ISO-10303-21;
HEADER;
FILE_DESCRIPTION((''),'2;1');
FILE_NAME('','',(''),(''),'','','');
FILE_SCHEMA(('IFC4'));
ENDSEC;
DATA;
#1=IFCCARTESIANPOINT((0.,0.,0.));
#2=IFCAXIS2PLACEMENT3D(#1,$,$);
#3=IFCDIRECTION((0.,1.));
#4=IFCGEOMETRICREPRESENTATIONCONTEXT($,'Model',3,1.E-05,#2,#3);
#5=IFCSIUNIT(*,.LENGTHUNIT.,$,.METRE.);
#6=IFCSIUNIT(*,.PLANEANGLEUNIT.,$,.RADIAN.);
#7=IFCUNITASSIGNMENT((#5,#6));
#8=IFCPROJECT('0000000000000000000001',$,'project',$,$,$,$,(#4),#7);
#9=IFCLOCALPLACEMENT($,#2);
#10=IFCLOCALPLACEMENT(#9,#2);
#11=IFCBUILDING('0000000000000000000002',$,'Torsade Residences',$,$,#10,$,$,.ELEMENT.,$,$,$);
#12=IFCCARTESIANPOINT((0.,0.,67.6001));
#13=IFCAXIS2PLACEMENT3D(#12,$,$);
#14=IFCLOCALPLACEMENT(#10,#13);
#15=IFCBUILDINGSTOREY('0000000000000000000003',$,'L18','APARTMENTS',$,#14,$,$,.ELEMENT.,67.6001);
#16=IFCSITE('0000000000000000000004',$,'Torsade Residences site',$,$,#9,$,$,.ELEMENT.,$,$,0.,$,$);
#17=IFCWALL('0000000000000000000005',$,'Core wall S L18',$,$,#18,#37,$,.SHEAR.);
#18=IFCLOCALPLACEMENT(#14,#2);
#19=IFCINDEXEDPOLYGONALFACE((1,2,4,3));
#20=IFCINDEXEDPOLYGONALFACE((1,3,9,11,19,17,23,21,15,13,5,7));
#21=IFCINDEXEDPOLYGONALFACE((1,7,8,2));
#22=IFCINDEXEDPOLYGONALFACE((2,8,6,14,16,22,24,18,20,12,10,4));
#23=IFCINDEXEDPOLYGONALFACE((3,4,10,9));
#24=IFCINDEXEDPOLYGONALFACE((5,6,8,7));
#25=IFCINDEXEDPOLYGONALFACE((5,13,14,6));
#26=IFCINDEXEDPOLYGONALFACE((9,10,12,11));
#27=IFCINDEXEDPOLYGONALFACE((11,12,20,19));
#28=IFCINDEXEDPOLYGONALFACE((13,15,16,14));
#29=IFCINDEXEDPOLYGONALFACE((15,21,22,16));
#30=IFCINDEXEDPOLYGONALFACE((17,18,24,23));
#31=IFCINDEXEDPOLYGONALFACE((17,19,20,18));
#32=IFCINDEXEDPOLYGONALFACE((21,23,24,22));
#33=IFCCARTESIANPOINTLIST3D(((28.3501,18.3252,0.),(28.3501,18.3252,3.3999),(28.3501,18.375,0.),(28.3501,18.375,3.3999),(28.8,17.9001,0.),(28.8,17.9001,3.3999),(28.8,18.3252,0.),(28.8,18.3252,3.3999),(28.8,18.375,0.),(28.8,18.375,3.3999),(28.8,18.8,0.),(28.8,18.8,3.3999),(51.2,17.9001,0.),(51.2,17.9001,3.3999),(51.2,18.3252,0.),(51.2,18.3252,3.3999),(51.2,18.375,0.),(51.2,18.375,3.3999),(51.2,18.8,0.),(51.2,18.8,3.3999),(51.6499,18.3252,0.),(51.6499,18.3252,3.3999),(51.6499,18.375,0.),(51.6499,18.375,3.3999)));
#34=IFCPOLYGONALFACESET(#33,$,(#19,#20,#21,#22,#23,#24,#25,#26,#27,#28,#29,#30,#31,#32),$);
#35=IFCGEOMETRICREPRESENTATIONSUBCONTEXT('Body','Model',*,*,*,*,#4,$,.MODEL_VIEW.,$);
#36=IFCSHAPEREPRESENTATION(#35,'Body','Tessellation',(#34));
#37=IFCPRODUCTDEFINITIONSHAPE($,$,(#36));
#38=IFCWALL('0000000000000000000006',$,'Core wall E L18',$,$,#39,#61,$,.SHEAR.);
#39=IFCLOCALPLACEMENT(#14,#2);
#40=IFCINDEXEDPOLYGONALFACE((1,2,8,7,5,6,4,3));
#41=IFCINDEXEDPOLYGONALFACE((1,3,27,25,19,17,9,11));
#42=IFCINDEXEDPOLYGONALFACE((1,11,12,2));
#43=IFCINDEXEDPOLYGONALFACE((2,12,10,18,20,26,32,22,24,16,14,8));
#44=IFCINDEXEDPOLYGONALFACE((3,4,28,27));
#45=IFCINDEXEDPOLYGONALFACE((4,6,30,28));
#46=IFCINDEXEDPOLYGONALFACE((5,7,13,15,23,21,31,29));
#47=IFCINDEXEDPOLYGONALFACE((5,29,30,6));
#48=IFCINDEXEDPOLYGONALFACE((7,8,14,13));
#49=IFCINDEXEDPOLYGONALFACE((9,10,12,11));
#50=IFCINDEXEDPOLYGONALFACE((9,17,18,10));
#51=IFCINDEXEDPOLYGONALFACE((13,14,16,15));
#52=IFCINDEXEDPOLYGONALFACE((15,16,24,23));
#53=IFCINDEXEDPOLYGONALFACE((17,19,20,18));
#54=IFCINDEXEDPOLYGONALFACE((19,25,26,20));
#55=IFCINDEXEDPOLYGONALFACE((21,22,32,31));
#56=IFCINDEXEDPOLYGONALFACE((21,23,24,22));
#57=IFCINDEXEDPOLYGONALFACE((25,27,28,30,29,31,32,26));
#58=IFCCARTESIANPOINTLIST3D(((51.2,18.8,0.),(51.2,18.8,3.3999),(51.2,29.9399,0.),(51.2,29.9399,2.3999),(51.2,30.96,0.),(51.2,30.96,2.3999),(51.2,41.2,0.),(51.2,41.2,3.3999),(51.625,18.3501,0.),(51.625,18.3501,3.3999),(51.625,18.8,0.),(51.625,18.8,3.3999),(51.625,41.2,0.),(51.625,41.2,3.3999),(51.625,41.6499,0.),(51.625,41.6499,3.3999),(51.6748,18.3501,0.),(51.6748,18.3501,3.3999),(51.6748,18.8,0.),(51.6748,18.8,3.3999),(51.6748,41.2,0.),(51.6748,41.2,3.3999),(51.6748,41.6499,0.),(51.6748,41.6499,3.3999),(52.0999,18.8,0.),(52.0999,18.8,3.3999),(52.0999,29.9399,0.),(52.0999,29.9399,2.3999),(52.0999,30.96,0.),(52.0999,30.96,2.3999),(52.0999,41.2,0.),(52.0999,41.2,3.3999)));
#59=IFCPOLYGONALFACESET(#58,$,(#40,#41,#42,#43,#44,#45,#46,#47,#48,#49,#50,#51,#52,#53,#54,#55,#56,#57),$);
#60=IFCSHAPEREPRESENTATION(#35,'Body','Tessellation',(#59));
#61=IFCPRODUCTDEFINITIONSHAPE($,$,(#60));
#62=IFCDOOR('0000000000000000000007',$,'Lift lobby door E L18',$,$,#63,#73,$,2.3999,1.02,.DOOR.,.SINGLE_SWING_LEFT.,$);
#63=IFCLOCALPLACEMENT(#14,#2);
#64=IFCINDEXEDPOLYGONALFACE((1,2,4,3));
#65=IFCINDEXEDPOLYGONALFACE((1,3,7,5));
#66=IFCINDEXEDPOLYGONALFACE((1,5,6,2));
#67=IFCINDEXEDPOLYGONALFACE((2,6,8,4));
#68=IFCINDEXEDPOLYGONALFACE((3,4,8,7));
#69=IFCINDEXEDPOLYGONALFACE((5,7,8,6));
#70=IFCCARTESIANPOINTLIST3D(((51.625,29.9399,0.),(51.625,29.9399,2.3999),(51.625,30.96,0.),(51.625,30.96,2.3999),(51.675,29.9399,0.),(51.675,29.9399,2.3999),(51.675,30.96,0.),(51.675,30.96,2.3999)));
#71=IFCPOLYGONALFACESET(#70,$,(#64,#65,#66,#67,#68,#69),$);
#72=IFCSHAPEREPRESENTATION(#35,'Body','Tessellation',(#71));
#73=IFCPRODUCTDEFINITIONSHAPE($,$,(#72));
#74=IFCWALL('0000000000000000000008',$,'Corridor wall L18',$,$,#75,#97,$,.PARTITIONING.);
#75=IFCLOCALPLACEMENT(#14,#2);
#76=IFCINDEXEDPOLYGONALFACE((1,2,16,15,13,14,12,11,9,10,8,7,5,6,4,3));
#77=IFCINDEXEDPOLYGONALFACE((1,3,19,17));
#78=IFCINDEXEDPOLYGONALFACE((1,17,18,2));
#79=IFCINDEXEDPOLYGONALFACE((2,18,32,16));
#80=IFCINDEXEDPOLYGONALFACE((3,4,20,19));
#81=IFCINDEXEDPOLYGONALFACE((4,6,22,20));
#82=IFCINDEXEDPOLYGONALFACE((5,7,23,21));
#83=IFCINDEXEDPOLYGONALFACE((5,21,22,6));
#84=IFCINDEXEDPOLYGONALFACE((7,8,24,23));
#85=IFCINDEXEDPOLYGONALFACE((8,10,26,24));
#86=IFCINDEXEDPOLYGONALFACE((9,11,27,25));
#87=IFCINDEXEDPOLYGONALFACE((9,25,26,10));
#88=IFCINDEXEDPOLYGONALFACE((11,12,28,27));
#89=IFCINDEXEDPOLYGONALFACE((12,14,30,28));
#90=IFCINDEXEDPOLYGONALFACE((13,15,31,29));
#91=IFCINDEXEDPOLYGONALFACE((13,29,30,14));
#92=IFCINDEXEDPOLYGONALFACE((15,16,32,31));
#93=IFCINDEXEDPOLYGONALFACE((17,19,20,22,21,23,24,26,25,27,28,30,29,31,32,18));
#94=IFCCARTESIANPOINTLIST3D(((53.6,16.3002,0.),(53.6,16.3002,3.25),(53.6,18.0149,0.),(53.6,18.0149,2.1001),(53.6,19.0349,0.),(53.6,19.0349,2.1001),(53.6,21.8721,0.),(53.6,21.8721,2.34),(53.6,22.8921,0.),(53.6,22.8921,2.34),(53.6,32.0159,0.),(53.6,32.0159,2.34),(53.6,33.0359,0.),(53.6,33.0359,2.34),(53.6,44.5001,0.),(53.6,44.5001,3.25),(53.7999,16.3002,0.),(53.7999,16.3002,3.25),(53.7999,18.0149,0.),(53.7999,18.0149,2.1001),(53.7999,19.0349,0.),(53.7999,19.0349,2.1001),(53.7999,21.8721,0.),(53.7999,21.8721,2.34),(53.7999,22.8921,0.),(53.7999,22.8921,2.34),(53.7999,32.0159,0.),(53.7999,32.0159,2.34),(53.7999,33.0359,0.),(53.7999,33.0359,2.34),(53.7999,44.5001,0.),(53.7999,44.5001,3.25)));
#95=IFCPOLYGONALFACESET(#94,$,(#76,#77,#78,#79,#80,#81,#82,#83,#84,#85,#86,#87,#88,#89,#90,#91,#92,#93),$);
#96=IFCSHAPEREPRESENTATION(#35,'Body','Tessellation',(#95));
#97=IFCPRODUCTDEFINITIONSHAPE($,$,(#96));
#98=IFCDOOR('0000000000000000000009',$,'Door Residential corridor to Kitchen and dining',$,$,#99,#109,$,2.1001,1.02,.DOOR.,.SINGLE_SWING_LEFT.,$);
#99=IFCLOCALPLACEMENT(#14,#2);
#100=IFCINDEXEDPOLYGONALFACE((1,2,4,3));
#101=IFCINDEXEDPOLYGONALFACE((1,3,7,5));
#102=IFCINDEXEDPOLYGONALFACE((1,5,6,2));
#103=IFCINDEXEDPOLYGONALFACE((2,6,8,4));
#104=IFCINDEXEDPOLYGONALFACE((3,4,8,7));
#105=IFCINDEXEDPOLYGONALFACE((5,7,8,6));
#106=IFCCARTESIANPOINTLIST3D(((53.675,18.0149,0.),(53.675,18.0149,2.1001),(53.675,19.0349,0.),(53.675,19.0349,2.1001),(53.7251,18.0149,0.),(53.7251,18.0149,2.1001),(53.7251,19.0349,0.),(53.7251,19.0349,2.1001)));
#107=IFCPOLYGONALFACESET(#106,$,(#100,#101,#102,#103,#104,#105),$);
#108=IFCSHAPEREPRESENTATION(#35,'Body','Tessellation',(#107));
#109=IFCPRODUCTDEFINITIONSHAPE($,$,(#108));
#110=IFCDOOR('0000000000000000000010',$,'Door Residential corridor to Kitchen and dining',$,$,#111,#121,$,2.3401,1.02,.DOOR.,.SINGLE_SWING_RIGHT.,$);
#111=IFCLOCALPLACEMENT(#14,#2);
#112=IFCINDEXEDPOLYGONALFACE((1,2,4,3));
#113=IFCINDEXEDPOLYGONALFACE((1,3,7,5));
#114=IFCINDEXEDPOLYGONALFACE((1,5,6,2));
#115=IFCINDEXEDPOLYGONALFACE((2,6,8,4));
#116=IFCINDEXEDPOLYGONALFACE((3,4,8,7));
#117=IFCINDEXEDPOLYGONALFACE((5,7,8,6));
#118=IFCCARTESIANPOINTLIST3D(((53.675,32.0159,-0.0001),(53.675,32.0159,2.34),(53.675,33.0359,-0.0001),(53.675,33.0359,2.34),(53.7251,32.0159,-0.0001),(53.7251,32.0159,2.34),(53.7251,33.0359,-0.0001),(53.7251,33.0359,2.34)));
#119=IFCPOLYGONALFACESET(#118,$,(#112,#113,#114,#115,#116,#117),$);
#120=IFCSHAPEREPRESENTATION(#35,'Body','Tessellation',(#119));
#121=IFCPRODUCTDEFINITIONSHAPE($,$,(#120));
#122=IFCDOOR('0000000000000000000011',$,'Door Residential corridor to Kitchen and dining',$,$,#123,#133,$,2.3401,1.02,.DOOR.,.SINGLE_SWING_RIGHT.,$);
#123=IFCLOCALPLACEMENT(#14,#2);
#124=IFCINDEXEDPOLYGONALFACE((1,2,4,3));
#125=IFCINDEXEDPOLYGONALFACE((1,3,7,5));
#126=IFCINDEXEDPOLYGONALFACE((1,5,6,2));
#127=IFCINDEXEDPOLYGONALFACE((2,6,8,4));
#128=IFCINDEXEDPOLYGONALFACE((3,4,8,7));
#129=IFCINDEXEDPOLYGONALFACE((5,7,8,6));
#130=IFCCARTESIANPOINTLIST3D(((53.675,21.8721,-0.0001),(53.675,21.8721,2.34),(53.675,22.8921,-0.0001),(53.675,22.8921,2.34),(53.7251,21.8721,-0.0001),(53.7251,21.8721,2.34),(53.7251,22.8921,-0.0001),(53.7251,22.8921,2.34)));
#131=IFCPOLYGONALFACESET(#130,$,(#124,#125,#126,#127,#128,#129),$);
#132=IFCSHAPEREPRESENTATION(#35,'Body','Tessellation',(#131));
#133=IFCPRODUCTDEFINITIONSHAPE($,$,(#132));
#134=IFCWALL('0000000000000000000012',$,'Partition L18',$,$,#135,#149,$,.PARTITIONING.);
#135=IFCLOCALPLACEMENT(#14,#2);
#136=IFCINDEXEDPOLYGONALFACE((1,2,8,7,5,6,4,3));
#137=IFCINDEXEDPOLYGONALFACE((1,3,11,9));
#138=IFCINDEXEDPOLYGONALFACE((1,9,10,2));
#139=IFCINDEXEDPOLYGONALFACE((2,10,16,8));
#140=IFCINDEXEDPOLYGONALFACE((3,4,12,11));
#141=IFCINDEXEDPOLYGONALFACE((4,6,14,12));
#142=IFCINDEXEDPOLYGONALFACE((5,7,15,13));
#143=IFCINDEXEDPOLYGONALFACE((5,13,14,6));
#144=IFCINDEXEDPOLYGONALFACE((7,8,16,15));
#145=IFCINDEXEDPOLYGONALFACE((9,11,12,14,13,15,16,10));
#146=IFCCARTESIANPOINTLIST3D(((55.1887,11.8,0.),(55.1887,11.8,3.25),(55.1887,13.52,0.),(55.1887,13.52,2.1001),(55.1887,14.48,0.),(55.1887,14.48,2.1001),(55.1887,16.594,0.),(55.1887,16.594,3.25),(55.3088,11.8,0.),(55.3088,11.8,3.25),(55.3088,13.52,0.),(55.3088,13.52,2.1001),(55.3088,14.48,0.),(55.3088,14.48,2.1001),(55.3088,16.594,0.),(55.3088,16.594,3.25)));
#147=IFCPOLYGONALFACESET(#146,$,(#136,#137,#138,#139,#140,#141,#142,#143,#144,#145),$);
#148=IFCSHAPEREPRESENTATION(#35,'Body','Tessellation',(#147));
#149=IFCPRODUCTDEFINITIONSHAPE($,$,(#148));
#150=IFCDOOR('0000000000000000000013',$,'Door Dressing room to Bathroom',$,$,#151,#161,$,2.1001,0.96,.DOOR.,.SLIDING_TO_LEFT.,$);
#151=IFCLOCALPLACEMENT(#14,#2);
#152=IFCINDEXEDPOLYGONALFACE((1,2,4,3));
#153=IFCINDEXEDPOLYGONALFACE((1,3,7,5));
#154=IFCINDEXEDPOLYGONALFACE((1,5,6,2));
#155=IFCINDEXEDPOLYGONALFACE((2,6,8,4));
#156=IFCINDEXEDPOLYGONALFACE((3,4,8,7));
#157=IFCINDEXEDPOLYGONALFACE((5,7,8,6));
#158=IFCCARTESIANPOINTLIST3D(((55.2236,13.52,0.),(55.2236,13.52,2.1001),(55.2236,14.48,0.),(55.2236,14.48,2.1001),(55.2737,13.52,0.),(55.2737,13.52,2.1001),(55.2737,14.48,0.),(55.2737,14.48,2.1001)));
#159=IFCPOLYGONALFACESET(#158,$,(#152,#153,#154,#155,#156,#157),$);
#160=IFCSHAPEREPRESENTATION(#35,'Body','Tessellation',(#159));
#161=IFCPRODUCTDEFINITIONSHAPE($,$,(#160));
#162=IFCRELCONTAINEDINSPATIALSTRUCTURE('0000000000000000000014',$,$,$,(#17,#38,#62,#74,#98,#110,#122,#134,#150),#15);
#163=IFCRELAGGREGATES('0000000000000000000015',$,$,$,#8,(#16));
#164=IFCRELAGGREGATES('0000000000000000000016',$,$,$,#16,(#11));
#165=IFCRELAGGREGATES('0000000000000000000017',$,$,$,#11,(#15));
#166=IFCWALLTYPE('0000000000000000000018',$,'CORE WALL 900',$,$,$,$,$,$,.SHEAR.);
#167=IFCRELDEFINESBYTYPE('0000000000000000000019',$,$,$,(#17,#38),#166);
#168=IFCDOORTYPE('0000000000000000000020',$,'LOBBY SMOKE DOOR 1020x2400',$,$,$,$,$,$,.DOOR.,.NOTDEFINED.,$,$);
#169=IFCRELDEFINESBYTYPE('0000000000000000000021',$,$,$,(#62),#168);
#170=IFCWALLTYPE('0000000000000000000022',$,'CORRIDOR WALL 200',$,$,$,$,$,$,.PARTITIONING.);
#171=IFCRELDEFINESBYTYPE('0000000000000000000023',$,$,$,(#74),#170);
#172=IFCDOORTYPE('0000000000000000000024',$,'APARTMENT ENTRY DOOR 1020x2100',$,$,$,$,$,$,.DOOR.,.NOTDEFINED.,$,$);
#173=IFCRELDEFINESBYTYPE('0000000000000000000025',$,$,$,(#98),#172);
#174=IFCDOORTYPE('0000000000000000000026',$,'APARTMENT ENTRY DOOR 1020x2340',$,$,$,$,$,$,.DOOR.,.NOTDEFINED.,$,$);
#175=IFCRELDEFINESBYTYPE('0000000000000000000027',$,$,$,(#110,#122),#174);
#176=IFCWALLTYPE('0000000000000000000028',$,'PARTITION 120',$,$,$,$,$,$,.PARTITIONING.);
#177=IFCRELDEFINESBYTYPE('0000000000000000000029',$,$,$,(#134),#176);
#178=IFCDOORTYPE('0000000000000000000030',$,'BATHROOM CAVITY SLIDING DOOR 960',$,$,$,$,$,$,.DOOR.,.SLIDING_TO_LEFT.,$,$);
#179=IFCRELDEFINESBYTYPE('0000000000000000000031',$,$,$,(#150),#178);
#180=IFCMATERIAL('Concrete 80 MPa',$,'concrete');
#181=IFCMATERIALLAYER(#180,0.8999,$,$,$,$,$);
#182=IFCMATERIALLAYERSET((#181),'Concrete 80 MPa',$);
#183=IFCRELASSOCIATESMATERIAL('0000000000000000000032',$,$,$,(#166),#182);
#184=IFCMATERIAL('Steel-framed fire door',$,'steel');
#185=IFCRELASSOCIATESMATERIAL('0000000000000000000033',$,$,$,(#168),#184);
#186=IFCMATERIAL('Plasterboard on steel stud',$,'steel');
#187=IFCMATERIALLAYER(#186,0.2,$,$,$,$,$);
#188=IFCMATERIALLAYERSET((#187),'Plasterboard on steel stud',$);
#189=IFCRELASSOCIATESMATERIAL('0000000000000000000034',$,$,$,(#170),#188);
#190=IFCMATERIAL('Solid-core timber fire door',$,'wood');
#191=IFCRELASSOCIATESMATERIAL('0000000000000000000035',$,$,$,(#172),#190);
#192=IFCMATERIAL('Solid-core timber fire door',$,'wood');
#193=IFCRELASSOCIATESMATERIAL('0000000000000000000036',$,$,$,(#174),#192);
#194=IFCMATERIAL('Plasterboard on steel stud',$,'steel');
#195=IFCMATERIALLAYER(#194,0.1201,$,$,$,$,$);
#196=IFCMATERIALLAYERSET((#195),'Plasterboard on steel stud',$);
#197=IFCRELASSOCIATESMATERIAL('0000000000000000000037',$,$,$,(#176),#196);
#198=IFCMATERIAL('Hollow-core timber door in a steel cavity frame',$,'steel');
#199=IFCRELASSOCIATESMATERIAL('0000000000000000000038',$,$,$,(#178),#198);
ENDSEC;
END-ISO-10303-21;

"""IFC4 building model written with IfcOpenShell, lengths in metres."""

from ifc_helpers import new_model, si_unit, direction, frame, frame_2d, origin, place, context, subcontext, project, spatial, polyline, rectangle, outline, extrude, material, layer, layer_set, type_object, element, fill, save


model = new_model("IFC4")

# Units and contexts
model_context = context("Model", 3, precision=1e-05, world=origin(), true_north=direction((0.0, 1.0)))
body_context = subcontext(model_context, "Body", "Model", "MODEL_VIEW")
ifc_project = project(units=[si_unit("LENGTHUNIT", "METRE"), si_unit("PLANEANGLEUNIT", "RADIAN")], contexts=[model_context])

# Site, building, storey
site_placement = place(None, origin())
site = spatial("IfcSite", under=ifc_project, at=site_placement, Name="Torsade Residences site", CompositionType="ELEMENT", RefElevation=0.0)
building_placement = place(site_placement, origin())
building = spatial("IfcBuilding", under=site, at=building_placement, Name="Torsade Residences", CompositionType="ELEMENT")
storey_placement = place(building_placement, frame((0.0, 0.0, 67.6001)))
storey = spatial("IfcBuildingStorey", under=building, at=storey_placement, Name="L18", Description="APARTMENTS", CompositionType="ELEMENT", Elevation=67.6001)

# Wall
ifc_material_1 = material(Name="Concrete 80 MPa", Category="concrete")
ifc_layer_1 = layer(ifc_material_1, 0.8999)
ifc_layer_set_1 = layer_set([ifc_layer_1], Name="Concrete 80 MPa")
wall_type_1 = type_object("IfcWallType", Name="CORE WALL 900", PredefinedType="SHEAR", material=ifc_layer_set_1)
wall_1_placement = place(storey_placement, frame((51.2, 18.3501, 0.0), z_axis=(0.0, 0.0, 1.0), x_axis=(-1.0, 0.0, 0.0)))
element("IfcWall", 1, at=wall_1_placement, inside=storey, type_object=wall_type_1, Name="Core wall S L18", PredefinedType="SHEAR", context=body_context, shape_type="SweptSolid", body=[
    extrude(outline(polyline([(0.0, -0.45), (22.3999, -0.45), (22.3999, -0.0249), (22.8499, -0.0249), (22.8499, 0.0249), (22.3999, 0.0249), (22.3999, 0.45), (0.0, 0.45), (0.0, 0.0249), (-0.45, 0.0249), (-0.45, -0.0249), (0.0, -0.0249), (0.0, -0.45)])), origin(), (0.0, 0.0, 1.0), 3.3999),
])

# Wall, opening, door
wall_2_placement = place(storey_placement, frame((51.6499, 18.8, 0.0), z_axis=(0.0, 0.0, 1.0), x_axis=(0.0, 1.0, 0.0)))
wall_2 = element("IfcWall", 2, at=wall_2_placement, inside=storey, type_object=wall_type_1, Name="Core wall E L18", PredefinedType="SHEAR", context=body_context, shape_type="SweptSolid", body=[
    extrude(outline(polyline([(0.0, -0.45), (22.3999, -0.45), (22.3999, -0.0249), (22.8499, -0.0249), (22.8499, 0.0249), (22.3999, 0.0249), (22.3999, 0.45), (0.0, 0.45), (0.0, 0.0249), (-0.45, 0.0249), (-0.45, -0.0249), (0.0, -0.0249), (0.0, -0.45)])), origin(), (0.0, 0.0, 1.0), 3.3999),
])
opening_1_placement = place(wall_2_placement, frame((11.1399, 0.0, 0.0)))
opening_1 = element("IfcOpeningElement", 3, at=opening_1_placement, cuts=wall_2, PredefinedType="OPENING", context=body_context, shape_type="SweptSolid", body=[
    extrude(rectangle(XDim=1.02, YDim=2.3999, at=frame_2d((0.51, 1.2))), frame((0.0, 0.46, 0.0), z_axis=(0.0, -1.0, 0.0), x_axis=(1.0, 0.0, 0.0)), (0.0, 0.0, 1.0), 0.9199),
])
ifc_material_2 = material(Name="Steel-framed fire door", Category="steel")
door_type_1 = type_object("IfcDoorType", Name="LOBBY SMOKE DOOR 1020x2400", OperationType="NOTDEFINED", PredefinedType="DOOR", material=ifc_material_2)
door_1_placement = place(opening_1_placement, origin())
door_1 = element("IfcDoor", 4, at=door_1_placement, inside=storey, type_object=door_type_1, Name="Lift lobby door E L18", OperationType="SINGLE_SWING_LEFT", OverallHeight=2.3999, OverallWidth=1.02, PredefinedType="DOOR", context=body_context, shape_type="SweptSolid", body=[
    extrude(rectangle(XDim=1.02, YDim=2.3999, at=frame_2d((0.51, 1.2))), frame((0.0, 0.0249, 0.0), z_axis=(0.0, -1.0, 0.0), x_axis=(1.0, 0.0, 0.0)), (0.0, 0.0, 1.0), 0.05),
])
fill(opening_1, door_1)

# Wall, openings, doors
ifc_material_3 = material(Name="Plasterboard on steel stud", Category="steel")
ifc_layer_2 = layer(ifc_material_3, 0.2)
ifc_layer_set_2 = layer_set([ifc_layer_2], Name="Plasterboard on steel stud")
wall_type_2 = type_object("IfcWallType", Name="CORRIDOR WALL 200", PredefinedType="PARTITIONING", material=ifc_layer_set_2)
wall_3_placement = place(storey_placement, frame((53.7, 16.3, 0.0), z_axis=(0.0, 0.0, 1.0), x_axis=(0.0, 1.0, 0.0)))
wall_3 = element("IfcWall", 5, at=wall_3_placement, inside=storey, type_object=wall_type_2, Name="Corridor wall L18", PredefinedType="PARTITIONING", context=body_context, shape_type="SweptSolid", body=[
    extrude(rectangle(XDim=28.2, YDim=0.2, at=frame_2d((14.1001, 0.0))), origin(), (0.0, 0.0, 1.0), 3.25),
])
opening_2_placement = place(wall_3_placement, frame((15.7158, 0.0, 0.0)))
opening_2 = element("IfcOpeningElement", 6, at=opening_2_placement, cuts=wall_3, PredefinedType="OPENING", context=body_context, shape_type="SweptSolid", body=[
    extrude(rectangle(XDim=1.02, YDim=2.3401, at=frame_2d((0.51, 1.1699))), frame((0.0, 0.1099, 0.0), z_axis=(0.0, -1.0, 0.0), x_axis=(1.0, 0.0, 0.0)), (0.0, 0.0, 1.0), 0.22),
])
opening_3_placement = place(wall_3_placement, frame((5.572, 0.0, 0.0)))
opening_3 = element("IfcOpeningElement", 7, at=opening_3_placement, cuts=wall_3, PredefinedType="OPENING", context=body_context, shape_type="SweptSolid", body=[
    extrude(rectangle(XDim=1.02, YDim=2.3401, at=frame_2d((0.51, 1.1699))), frame((0.0, 0.1099, 0.0), z_axis=(0.0, -1.0, 0.0), x_axis=(1.0, 0.0, 0.0)), (0.0, 0.0, 1.0), 0.22),
])
opening_4_placement = place(wall_3_placement, frame((1.7148, 0.0, 0.0)))
opening_4 = element("IfcOpeningElement", 8, at=opening_4_placement, cuts=wall_3, PredefinedType="OPENING", context=body_context, shape_type="SweptSolid", body=[
    extrude(rectangle(XDim=1.02, YDim=2.1001, at=frame_2d((0.51, 1.05))), frame((0.0, 0.1099, 0.0), z_axis=(0.0, -1.0, 0.0), x_axis=(1.0, 0.0, 0.0)), (0.0, 0.0, 1.0), 0.22),
])
ifc_material_4 = material(Name="Solid-core timber fire door", Category="wood")
door_type_2 = type_object("IfcDoorType", Name="APARTMENT ENTRY DOOR 1020x2100", OperationType="NOTDEFINED", PredefinedType="DOOR", material=ifc_material_4)
door_2_placement = place(opening_4_placement, origin())
door_2 = element("IfcDoor", 9, at=door_2_placement, inside=storey, type_object=door_type_2, Name="Door Residential corridor to Kitchen and dining", OperationType="SINGLE_SWING_LEFT", OverallHeight=2.1001, OverallWidth=1.02, PredefinedType="DOOR", context=body_context, shape_type="SweptSolid", body=[
    extrude(rectangle(XDim=1.02, YDim=2.1001, at=frame_2d((0.51, 1.05))), frame((0.0, 0.0249, 0.0), z_axis=(0.0, -1.0, 0.0), x_axis=(1.0, 0.0, 0.0)), (0.0, 0.0, 1.0), 0.05),
])
fill(opening_4, door_2)
ifc_material_5 = material(Name="Solid-core timber fire door", Category="wood")
door_type_3 = type_object("IfcDoorType", Name="APARTMENT ENTRY DOOR 1020x2340", OperationType="NOTDEFINED", PredefinedType="DOOR", material=ifc_material_5)
door_3_placement = place(opening_2_placement, origin())
door_3 = element("IfcDoor", 10, at=door_3_placement, inside=storey, type_object=door_type_3, Name="Door Residential corridor to Kitchen and dining", OperationType="SINGLE_SWING_RIGHT", OverallHeight=2.3401, OverallWidth=1.02, PredefinedType="DOOR", context=body_context, shape_type="SweptSolid", body=[
    extrude(rectangle(XDim=1.02, YDim=2.3401, at=frame_2d((0.51, 1.1699))), frame((0.0, 0.0249, 0.0), z_axis=(0.0, -1.0, 0.0), x_axis=(1.0, 0.0, 0.0)), (0.0, 0.0, 1.0), 0.05),
])
fill(opening_2, door_3)
door_4_placement = place(opening_3_placement, origin())
door_4 = element("IfcDoor", 11, at=door_4_placement, inside=storey, type_object=door_type_3, Name="Door Residential corridor to Kitchen and dining", OperationType="SINGLE_SWING_RIGHT", OverallHeight=2.3401, OverallWidth=1.02, PredefinedType="DOOR", context=body_context, shape_type="SweptSolid", body=[
    extrude(rectangle(XDim=1.02, YDim=2.3401, at=frame_2d((0.51, 1.1699))), frame((0.0, 0.0249, 0.0), z_axis=(0.0, -1.0, 0.0), x_axis=(1.0, 0.0, 0.0)), (0.0, 0.0, 1.0), 0.05),
])
fill(opening_3, door_4)

# Wall, opening, door
ifc_material_6 = material(Name="Plasterboard on steel stud", Category="steel")
ifc_layer_3 = layer(ifc_material_6, 0.1201)
ifc_layer_set_3 = layer_set([ifc_layer_3], Name="Plasterboard on steel stud")
wall_type_3 = type_object("IfcWallType", Name="PARTITION 120", PredefinedType="PARTITIONING", material=ifc_layer_set_3)
wall_4_placement = place(storey_placement, frame((55.2488, 16.594, 0.0), z_axis=(0.0, 0.0, 1.0), x_axis=(0.0, -1.0, 0.0)))
wall_4 = element("IfcWall", 12, at=wall_4_placement, inside=storey, type_object=wall_type_3, Name="Partition L18", PredefinedType="PARTITIONING", context=body_context, shape_type="SweptSolid", body=[
    extrude(rectangle(XDim=4.7939, YDim=0.1201, at=frame_2d((2.397, 0.0))), origin(), (0.0, 0.0, 1.0), 3.25),
])
opening_5_placement = place(wall_4_placement, frame((2.114, 0.0, 0.0)))
opening_5 = element("IfcOpeningElement", 13, at=opening_5_placement, cuts=wall_4, PredefinedType="OPENING", context=body_context, shape_type="SweptSolid", body=[
    extrude(rectangle(XDim=0.96, YDim=2.1001, at=frame_2d((0.48, 1.05))), frame((0.0, 0.0701, 0.0), z_axis=(0.0, -1.0, 0.0), x_axis=(1.0, 0.0, 0.0)), (0.0, 0.0, 1.0), 0.1401),
])
ifc_material_7 = material(Name="Hollow-core timber door in a steel cavity frame", Category="steel")
door_type_4 = type_object("IfcDoorType", Name="BATHROOM CAVITY SLIDING DOOR 960", OperationType="SLIDING_TO_LEFT", PredefinedType="DOOR", material=ifc_material_7)
door_5_placement = place(opening_5_placement, origin())
door_5 = element("IfcDoor", 14, at=door_5_placement, inside=storey, type_object=door_type_4, Name="Door Dressing room to Bathroom", OperationType="SLIDING_TO_LEFT", OverallHeight=2.1001, OverallWidth=0.96, PredefinedType="DOOR", context=body_context, shape_type="SweptSolid", body=[
    extrude(rectangle(XDim=0.96, YDim=2.1001, at=frame_2d((0.48, 1.05))), frame((0.0, 0.0249, 0.0), z_axis=(0.0, -1.0, 0.0), x_axis=(1.0, 0.0, 0.0)), (0.0, 0.0, 1.0), 0.05),
])
fill(opening_5, door_5)

save(model, "model.ifc")
